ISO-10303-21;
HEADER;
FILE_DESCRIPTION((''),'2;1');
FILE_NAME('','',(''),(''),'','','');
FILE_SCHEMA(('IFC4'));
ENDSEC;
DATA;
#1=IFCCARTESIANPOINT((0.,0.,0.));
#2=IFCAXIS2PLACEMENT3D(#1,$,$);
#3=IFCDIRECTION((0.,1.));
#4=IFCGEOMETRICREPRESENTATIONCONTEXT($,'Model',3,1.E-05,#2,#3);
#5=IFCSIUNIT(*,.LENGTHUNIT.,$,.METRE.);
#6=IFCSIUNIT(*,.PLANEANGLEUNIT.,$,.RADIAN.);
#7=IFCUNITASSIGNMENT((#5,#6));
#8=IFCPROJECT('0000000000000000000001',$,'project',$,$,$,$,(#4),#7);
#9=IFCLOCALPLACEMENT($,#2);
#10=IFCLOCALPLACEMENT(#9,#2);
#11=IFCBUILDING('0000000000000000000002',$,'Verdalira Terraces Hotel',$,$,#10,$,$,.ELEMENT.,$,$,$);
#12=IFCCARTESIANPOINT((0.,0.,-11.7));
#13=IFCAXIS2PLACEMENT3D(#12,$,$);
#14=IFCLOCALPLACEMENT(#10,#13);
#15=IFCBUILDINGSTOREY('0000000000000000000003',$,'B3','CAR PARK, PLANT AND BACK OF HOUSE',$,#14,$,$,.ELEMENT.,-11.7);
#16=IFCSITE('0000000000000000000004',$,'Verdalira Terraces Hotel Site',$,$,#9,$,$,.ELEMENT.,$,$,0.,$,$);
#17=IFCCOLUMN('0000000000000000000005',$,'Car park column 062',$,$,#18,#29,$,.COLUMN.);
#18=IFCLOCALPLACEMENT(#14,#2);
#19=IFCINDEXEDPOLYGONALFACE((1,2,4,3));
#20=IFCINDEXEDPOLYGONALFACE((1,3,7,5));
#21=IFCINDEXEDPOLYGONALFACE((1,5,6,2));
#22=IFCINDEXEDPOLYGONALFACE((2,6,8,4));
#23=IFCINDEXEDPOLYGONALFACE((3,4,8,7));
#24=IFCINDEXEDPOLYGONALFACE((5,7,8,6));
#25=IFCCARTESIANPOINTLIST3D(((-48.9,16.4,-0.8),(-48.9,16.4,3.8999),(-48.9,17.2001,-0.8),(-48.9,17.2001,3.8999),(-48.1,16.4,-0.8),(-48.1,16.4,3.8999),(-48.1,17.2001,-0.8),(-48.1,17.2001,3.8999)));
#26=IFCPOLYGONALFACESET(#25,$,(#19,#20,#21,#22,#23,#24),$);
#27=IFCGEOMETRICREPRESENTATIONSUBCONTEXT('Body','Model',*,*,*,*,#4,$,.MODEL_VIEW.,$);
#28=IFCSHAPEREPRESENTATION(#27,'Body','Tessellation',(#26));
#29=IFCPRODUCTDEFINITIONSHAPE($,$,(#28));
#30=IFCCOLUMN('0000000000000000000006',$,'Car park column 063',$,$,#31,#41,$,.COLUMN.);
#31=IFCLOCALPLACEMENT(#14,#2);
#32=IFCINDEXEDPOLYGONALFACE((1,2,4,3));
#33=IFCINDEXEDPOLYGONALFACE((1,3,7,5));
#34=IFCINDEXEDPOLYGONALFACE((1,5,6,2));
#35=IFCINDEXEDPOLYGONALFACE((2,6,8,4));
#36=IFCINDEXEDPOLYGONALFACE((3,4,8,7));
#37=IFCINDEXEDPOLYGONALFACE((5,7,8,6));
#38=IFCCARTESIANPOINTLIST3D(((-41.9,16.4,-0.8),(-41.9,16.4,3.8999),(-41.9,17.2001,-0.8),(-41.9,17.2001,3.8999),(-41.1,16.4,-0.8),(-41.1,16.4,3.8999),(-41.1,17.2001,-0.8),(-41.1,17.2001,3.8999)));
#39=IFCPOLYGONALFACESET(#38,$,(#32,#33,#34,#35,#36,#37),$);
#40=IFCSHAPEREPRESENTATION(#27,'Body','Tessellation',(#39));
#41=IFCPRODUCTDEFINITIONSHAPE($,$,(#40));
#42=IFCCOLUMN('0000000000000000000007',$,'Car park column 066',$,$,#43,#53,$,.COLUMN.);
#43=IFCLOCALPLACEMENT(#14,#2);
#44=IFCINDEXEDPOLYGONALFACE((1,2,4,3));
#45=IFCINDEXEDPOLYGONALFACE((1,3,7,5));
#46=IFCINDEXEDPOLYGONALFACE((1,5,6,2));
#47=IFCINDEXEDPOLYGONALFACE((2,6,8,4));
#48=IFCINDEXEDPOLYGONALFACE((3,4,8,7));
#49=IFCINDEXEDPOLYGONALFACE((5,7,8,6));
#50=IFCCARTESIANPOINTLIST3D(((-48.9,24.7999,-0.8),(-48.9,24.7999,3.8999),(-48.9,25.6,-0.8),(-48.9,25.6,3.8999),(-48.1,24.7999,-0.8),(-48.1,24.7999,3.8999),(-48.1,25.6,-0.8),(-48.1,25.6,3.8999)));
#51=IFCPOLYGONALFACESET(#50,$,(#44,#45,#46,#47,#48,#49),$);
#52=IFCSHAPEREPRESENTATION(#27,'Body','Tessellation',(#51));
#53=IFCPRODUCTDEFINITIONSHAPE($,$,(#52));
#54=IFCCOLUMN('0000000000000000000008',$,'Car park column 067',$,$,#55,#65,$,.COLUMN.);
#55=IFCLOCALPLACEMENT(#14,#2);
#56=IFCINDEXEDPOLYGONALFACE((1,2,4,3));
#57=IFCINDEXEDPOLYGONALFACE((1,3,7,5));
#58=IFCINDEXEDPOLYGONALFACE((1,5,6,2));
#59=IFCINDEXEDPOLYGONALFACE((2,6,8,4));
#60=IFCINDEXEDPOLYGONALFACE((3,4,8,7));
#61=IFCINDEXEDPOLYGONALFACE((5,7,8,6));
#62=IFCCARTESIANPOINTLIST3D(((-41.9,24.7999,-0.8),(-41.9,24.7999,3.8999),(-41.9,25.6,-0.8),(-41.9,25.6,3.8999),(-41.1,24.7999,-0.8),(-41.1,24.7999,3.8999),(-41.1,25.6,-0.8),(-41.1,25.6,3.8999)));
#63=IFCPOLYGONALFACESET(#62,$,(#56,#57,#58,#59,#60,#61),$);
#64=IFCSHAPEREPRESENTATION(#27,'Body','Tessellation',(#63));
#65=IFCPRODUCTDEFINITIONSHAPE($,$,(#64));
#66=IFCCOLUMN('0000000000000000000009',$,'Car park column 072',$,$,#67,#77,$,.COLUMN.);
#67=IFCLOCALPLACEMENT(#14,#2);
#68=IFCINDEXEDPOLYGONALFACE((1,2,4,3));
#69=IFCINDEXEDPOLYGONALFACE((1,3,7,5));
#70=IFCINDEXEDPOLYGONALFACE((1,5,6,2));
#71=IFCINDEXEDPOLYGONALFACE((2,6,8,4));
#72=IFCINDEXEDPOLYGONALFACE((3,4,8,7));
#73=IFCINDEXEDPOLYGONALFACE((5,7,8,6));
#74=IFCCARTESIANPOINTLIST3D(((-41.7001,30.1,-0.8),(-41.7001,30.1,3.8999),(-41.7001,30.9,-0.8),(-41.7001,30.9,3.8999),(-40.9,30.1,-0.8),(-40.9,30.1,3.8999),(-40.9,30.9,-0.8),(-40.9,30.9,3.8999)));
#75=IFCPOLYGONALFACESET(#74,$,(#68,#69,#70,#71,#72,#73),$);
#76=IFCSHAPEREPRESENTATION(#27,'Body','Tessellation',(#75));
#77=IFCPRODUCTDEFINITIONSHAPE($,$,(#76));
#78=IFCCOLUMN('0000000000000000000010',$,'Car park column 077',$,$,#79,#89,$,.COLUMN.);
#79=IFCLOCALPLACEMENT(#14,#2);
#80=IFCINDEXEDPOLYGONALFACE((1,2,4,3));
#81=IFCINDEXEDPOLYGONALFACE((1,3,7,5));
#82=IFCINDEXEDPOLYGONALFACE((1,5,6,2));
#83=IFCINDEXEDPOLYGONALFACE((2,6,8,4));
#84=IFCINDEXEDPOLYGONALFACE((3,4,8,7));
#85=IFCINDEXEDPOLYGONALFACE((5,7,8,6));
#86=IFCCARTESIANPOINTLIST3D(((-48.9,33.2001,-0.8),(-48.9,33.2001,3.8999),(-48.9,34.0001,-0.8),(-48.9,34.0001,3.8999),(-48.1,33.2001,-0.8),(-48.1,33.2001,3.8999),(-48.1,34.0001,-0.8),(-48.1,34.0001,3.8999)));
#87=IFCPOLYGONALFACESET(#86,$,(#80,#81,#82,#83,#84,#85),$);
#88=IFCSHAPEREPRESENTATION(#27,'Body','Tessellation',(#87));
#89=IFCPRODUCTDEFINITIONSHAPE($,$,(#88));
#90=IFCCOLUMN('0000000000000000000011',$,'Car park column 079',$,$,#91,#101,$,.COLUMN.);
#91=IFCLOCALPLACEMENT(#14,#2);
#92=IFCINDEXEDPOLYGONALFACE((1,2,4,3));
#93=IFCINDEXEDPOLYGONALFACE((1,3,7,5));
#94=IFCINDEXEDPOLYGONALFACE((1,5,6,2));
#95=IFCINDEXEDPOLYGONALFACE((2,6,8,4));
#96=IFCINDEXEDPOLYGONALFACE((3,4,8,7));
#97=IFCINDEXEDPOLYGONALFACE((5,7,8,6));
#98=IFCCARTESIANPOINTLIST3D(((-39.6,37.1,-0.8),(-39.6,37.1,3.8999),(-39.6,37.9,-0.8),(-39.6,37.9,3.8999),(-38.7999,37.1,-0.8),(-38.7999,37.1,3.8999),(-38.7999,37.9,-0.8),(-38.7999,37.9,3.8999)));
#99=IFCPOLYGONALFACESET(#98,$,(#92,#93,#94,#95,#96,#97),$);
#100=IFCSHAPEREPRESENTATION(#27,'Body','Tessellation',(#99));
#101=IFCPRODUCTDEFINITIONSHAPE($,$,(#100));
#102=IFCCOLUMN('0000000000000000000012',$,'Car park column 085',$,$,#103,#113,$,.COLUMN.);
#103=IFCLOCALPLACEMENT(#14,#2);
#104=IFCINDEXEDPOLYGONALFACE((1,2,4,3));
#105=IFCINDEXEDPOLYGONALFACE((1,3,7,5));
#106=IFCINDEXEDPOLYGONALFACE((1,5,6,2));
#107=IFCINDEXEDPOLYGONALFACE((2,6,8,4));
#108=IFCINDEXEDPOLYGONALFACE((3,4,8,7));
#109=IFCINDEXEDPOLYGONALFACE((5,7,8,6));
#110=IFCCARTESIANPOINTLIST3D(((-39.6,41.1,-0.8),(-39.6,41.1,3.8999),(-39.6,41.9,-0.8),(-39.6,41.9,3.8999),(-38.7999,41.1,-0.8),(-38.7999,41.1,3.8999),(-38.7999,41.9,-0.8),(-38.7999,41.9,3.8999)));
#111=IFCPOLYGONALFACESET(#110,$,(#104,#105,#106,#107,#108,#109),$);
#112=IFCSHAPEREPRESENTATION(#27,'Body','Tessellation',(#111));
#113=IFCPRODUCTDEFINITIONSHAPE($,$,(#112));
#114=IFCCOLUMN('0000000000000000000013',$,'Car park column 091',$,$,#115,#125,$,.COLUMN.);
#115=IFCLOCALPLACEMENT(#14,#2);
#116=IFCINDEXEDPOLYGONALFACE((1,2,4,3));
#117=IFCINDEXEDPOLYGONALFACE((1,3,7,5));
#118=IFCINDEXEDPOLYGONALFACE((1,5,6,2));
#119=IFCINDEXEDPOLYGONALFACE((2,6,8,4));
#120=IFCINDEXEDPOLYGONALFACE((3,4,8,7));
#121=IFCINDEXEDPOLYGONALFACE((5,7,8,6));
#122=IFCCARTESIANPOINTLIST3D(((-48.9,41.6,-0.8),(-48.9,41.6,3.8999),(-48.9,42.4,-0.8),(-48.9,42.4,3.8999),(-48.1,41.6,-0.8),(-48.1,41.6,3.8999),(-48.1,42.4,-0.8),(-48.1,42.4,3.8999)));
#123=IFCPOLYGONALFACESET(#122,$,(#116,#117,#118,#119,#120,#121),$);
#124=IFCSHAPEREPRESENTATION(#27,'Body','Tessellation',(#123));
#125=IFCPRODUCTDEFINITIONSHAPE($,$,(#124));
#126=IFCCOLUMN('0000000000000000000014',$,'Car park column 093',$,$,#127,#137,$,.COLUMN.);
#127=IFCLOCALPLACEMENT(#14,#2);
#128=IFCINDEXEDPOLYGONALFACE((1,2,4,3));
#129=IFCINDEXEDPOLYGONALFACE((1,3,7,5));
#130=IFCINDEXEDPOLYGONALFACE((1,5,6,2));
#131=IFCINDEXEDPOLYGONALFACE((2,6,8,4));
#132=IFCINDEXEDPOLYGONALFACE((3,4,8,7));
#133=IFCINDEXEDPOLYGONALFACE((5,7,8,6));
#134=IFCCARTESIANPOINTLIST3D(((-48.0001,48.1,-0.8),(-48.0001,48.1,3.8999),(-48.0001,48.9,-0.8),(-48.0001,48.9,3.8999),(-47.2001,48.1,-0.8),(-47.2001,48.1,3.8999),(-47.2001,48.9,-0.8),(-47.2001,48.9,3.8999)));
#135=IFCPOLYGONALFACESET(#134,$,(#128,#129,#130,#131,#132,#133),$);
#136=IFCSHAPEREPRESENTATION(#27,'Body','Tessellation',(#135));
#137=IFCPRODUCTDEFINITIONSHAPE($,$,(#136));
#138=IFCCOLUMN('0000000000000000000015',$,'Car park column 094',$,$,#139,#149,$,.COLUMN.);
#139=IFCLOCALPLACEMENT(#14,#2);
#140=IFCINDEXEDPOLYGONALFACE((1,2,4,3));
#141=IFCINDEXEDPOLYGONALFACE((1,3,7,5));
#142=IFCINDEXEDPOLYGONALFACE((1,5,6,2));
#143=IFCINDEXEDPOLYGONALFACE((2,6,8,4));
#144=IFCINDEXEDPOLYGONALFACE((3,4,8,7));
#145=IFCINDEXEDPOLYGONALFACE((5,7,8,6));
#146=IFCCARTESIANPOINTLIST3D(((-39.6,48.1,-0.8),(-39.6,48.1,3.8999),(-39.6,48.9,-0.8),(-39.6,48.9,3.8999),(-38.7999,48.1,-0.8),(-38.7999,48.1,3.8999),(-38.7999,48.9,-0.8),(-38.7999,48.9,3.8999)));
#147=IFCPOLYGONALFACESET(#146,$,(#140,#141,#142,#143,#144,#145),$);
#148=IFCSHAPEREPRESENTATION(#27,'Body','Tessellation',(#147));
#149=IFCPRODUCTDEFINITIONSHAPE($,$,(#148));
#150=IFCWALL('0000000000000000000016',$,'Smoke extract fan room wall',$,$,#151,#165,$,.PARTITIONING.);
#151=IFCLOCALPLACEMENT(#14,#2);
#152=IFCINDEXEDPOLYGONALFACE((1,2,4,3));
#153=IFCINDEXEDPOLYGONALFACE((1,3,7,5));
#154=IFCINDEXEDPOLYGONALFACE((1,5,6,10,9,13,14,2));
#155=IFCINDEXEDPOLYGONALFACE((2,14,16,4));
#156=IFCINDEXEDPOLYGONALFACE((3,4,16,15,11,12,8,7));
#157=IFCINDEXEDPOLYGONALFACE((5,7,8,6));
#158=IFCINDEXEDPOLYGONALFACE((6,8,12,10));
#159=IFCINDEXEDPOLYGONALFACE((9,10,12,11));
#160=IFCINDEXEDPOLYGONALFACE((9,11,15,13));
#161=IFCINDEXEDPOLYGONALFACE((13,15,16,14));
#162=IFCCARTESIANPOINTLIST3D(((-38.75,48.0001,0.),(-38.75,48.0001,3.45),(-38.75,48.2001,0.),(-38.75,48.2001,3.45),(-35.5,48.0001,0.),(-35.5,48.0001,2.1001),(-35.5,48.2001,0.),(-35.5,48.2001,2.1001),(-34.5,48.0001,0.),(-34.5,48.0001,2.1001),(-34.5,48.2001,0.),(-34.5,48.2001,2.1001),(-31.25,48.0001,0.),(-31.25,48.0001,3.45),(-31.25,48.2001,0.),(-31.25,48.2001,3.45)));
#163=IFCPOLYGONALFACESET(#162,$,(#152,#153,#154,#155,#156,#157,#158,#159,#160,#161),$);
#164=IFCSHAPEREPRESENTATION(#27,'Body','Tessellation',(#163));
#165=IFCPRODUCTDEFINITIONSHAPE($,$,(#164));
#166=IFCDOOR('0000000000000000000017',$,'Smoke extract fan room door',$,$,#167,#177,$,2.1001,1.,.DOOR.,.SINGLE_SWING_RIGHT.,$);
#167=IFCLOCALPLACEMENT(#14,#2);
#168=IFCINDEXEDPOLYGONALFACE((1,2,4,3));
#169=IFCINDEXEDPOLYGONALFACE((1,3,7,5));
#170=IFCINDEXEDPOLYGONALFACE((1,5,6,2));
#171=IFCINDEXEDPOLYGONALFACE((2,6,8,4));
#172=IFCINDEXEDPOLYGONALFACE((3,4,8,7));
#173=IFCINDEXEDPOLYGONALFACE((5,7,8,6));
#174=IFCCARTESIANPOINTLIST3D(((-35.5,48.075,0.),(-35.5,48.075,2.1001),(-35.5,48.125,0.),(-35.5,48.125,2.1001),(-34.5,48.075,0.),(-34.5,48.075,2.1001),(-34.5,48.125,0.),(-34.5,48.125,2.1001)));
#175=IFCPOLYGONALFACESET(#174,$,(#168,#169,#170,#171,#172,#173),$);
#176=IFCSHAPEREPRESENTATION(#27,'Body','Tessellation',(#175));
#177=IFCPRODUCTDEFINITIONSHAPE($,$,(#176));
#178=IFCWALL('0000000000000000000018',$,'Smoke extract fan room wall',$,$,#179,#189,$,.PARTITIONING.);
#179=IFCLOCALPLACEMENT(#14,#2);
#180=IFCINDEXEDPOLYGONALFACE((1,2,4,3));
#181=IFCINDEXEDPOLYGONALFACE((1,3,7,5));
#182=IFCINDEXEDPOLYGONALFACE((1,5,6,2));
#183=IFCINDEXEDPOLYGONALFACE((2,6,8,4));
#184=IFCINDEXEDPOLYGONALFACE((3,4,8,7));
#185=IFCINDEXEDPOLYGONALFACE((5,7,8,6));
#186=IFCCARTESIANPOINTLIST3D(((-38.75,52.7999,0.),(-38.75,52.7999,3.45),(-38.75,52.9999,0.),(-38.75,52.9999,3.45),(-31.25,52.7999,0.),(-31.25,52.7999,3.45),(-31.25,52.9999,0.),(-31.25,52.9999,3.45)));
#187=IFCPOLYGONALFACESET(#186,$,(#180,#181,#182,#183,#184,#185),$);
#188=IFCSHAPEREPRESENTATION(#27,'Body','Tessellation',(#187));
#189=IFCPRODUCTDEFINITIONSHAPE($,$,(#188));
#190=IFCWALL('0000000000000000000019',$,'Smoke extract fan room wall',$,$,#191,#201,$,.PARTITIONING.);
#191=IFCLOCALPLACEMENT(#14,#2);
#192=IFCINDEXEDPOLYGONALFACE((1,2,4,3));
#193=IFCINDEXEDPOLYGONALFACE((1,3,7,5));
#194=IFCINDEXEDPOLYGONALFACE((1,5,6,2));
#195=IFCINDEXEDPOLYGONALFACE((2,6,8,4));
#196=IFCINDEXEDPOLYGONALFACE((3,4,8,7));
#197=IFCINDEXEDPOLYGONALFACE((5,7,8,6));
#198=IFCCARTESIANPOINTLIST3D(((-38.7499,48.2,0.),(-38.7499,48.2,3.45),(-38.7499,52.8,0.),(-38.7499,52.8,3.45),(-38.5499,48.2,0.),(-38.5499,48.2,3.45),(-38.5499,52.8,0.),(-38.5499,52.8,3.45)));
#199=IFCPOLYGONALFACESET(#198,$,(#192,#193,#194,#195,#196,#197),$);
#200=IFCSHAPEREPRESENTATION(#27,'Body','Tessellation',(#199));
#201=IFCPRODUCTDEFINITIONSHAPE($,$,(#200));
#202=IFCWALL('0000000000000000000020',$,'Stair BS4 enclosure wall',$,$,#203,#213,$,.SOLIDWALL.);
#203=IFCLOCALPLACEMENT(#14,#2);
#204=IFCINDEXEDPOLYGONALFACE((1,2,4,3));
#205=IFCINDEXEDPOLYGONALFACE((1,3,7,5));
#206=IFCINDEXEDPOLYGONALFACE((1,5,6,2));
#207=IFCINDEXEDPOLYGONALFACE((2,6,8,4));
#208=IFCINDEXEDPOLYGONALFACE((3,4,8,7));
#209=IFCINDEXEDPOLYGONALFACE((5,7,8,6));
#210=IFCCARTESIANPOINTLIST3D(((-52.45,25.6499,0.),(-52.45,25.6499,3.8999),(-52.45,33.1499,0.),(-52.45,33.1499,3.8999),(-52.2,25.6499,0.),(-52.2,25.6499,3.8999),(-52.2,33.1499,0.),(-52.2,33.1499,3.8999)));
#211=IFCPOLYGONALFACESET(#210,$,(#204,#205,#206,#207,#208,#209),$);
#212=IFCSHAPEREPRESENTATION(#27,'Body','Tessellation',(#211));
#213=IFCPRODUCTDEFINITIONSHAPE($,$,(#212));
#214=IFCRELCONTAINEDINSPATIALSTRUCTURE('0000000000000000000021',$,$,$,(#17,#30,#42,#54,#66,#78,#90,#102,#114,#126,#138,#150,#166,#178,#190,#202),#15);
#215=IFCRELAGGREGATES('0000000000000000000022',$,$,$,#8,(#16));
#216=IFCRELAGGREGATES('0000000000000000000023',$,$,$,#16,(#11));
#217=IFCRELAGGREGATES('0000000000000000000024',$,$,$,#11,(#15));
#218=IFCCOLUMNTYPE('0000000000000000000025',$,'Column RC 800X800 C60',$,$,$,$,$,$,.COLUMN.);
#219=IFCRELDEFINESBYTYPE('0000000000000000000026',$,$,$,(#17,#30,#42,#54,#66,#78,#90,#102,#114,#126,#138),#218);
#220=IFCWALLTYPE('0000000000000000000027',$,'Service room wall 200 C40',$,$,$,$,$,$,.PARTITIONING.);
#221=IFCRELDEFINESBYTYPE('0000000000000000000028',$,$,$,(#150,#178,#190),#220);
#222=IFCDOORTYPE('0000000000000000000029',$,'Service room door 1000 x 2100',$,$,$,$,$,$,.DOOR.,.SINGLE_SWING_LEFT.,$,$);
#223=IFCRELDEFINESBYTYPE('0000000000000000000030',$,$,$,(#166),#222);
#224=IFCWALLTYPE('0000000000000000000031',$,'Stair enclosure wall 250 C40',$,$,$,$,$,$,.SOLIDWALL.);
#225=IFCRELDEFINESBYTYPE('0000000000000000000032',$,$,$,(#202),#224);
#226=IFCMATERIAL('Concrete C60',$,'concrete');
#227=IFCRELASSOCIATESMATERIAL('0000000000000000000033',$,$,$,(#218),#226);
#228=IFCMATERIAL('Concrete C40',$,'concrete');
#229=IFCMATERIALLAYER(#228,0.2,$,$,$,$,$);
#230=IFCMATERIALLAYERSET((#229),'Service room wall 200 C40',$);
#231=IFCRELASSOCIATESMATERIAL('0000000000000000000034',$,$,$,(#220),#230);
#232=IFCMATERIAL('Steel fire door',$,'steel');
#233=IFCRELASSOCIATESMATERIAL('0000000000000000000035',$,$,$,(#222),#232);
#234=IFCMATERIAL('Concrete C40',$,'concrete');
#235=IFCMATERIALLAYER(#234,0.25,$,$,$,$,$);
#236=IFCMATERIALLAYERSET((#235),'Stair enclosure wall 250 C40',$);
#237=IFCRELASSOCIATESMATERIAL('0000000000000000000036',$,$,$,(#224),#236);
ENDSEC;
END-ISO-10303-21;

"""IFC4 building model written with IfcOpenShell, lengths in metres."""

from ifc_helpers import new_model, si_unit, direction, frame, frame_2d, origin, origin_2d, place, context, subcontext, project, spatial, rectangle, extrude, material, layer, layer_set, material_profile, profile_set, type_object, element, fill, save


model = new_model("IFC4")

# Units and contexts
model_context = context("Model", 3, precision=1e-05, world=origin(), true_north=direction((0.0, 1.0)))
body_context = subcontext(model_context, "Body", "Model", "MODEL_VIEW")
ifc_project = project(units=[si_unit("LENGTHUNIT", "METRE"), si_unit("PLANEANGLEUNIT", "RADIAN")], contexts=[model_context])

# Site, building, storey
site_placement = place(None, origin())
site = spatial("IfcSite", under=ifc_project, at=site_placement, Name="Verdalira Terraces Hotel Site", CompositionType="ELEMENT", RefElevation=0.0)
building_placement = place(site_placement, origin())
building = spatial("IfcBuilding", under=site, at=building_placement, Name="Verdalira Terraces Hotel", CompositionType="ELEMENT")
storey_placement = place(building_placement, frame((0.0, 0.0, -11.7)))
storey = spatial("IfcBuildingStorey", under=building, at=storey_placement, Name="B3", Description="CAR PARK, PLANT AND BACK OF HOUSE", CompositionType="ELEMENT", Elevation=-11.7)

# Columns
ifc_material_1 = material(Name="Concrete C60", Category="concrete")
ifc_material_profile = material_profile(ifc_material_1, rectangle(XDim=0.8, YDim=0.8, at=origin_2d()), Name="RC 800X800")
ifc_profile_set = profile_set([ifc_material_profile], Name="Concrete C60")
column_type = type_object("IfcColumnType", Name="Column RC 800X800 C60", PredefinedType="COLUMN", material=ifc_profile_set)
for number, where, z_axis, x_axis, name in (
    (1, (-48.5, 16.8, -0.8), (0.0, 0.0, 1.0), (1.0, 0.0, 0.0), "Car park column 062"),
    (2, (-41.5, 16.8, -0.8), (0.0, 0.0, 1.0), (1.0, 0.0, 0.0), "Car park column 063"),
    (3, (-48.5, 25.2, -0.8), (0.0, 0.0, 1.0), (1.0, 0.0, 0.0), "Car park column 066"),
    (4, (-41.5, 25.2, -0.8), (0.0, 0.0, 1.0), (1.0, 0.0, 0.0), "Car park column 067"),
    (5, (-41.3, 30.5, -0.8), (0.0, 0.0, 1.0), (1.0, 0.0, 0.0), "Car park column 072"),
    (6, (-48.5, 33.6001, -0.8), (0.0, 0.0, 1.0), (1.0, 0.0, 0.0), "Car park column 077"),
    (7, (-39.2, 37.5, -0.8), (0.0, 0.0, 1.0), (1.0, 0.0, 0.0), "Car park column 079"),
    (8, (-39.2, 41.5, -0.8), (0.0, 0.0, 1.0), (1.0, 0.0, 0.0), "Car park column 085"),
    (9, (-48.5, 42.0, -0.8), (0.0, 0.0, 1.0), (1.0, 0.0, 0.0), "Car park column 091"),
    (10, (-47.6001, 48.5, -0.8), (0.0, 0.0, 1.0), (1.0, 0.0, 0.0), "Car park column 093"),
    (11, (-39.2, 48.5, -0.8), (0.0, 0.0, 1.0), (1.0, 0.0, 0.0), "Car park column 094"),
):
    element("IfcColumn", number, at=place(storey_placement, frame(where, z_axis=z_axis, x_axis=x_axis)), inside=storey, type_object=column_type, Name=name, PredefinedType="COLUMN", context=body_context, shape_type="SweptSolid", body=[
        extrude(rectangle(XDim=0.8, YDim=0.8, at=origin_2d()), origin(), (0.0, 0.0, 1.0), 4.7),
    ])

# Wall, opening, door
ifc_material_2 = material(Name="Concrete C40", Category="concrete")
ifc_layer_1 = layer(ifc_material_2, 0.2)
ifc_layer_set_1 = layer_set([ifc_layer_1], Name="Service room wall 200 C40")
wall_type_1 = type_object("IfcWallType", Name="Service room wall 200 C40", PredefinedType="PARTITIONING", material=ifc_layer_set_1)
wall_1_placement = place(storey_placement, frame((-38.75, 48.1001, 0.0), z_axis=(0.0, 0.0, 1.0), x_axis=(1.0, 0.0, 0.0)))
wall_1 = element("IfcWall", 12, at=wall_1_placement, inside=storey, type_object=wall_type_1, Name="Smoke extract fan room wall", PredefinedType="PARTITIONING", context=body_context, shape_type="SweptSolid", body=[
    extrude(rectangle(XDim=7.5, YDim=0.2, at=frame_2d((3.75, 0.0))), origin(), (0.0, 0.0, 1.0), 3.45),
])
opening_1_placement = place(wall_1_placement, frame((3.25, 0.0, 0.0)))
opening_1 = element("IfcOpeningElement", 13, at=opening_1_placement, cuts=wall_1, PredefinedType="OPENING", context=body_context, shape_type="SweptSolid", body=[
    extrude(rectangle(XDim=1.0, YDim=2.1001, at=frame_2d((0.5, 1.05))), frame((0.0, 0.1099, 0.0), z_axis=(0.0, -1.0, 0.0), x_axis=(1.0, 0.0, 0.0)), (0.0, 0.0, 1.0), 0.22),
])
ifc_material_3 = material(Name="Steel fire door", Category="steel")
door_type_1 = type_object("IfcDoorType", Name="Service room door 1000 x 2100", OperationType="SINGLE_SWING_LEFT", PredefinedType="DOOR", material=ifc_material_3)
door_1_placement = place(opening_1_placement, origin())
door_1 = element("IfcDoor", 14, at=door_1_placement, inside=storey, type_object=door_type_1, Name="Smoke extract fan room door", OperationType="SINGLE_SWING_RIGHT", OverallHeight=2.1001, OverallWidth=1.0, PredefinedType="DOOR", context=body_context, shape_type="SweptSolid", body=[
    extrude(rectangle(XDim=1.0, YDim=2.1001, at=frame_2d((0.5, 1.05))), frame((0.0, 0.0249, 0.0), z_axis=(0.0, -1.0, 0.0), x_axis=(1.0, 0.0, 0.0)), (0.0, 0.0, 1.0), 0.05),
])
fill(opening_1, door_1)

# Walls
wall_2_placement = place(storey_placement, frame((-38.75, 52.8999, 0.0), z_axis=(0.0, 0.0, 1.0), x_axis=(1.0, 0.0, 0.0)))
element("IfcWall", 15, at=wall_2_placement, inside=storey, type_object=wall_type_1, Name="Smoke extract fan room wall", PredefinedType="PARTITIONING", context=body_context, shape_type="SweptSolid", body=[
    extrude(rectangle(XDim=7.5, YDim=0.2, at=frame_2d((3.75, 0.0))), origin(), (0.0, 0.0, 1.0), 3.45),
])
wall_3_placement = place(storey_placement, frame((-38.6499, 48.2, 0.0), z_axis=(0.0, 0.0, 1.0), x_axis=(0.0, 1.0, 0.0)))
element("IfcWall", 16, at=wall_3_placement, inside=storey, type_object=wall_type_1, Name="Smoke extract fan room wall", PredefinedType="PARTITIONING", context=body_context, shape_type="SweptSolid", body=[
    extrude(rectangle(XDim=4.6001, YDim=0.2, at=frame_2d((2.3, 0.0))), origin(), (0.0, 0.0, 1.0), 3.45),
])
ifc_material_4 = material(Name="Concrete C40", Category="concrete")
ifc_layer_2 = layer(ifc_material_4, 0.25)
ifc_layer_set_2 = layer_set([ifc_layer_2], Name="Stair enclosure wall 250 C40")
wall_type_2 = type_object("IfcWallType", Name="Stair enclosure wall 250 C40", PredefinedType="SOLIDWALL", material=ifc_layer_set_2)
wall_4_placement = place(storey_placement, frame((-52.325, 25.6499, 0.0), z_axis=(0.0, 0.0, 1.0), x_axis=(0.0, 1.0, 0.0)))
element("IfcWall", 17, at=wall_4_placement, inside=storey, type_object=wall_type_2, Name="Stair BS4 enclosure wall", PredefinedType="SOLIDWALL", context=body_context, shape_type="SweptSolid", body=[
    extrude(rectangle(XDim=7.5, YDim=0.25, at=frame_2d((3.75, 0.0))), origin(), (0.0, 0.0, 1.0), 3.8999),
])

save(model, "model.ifc")
